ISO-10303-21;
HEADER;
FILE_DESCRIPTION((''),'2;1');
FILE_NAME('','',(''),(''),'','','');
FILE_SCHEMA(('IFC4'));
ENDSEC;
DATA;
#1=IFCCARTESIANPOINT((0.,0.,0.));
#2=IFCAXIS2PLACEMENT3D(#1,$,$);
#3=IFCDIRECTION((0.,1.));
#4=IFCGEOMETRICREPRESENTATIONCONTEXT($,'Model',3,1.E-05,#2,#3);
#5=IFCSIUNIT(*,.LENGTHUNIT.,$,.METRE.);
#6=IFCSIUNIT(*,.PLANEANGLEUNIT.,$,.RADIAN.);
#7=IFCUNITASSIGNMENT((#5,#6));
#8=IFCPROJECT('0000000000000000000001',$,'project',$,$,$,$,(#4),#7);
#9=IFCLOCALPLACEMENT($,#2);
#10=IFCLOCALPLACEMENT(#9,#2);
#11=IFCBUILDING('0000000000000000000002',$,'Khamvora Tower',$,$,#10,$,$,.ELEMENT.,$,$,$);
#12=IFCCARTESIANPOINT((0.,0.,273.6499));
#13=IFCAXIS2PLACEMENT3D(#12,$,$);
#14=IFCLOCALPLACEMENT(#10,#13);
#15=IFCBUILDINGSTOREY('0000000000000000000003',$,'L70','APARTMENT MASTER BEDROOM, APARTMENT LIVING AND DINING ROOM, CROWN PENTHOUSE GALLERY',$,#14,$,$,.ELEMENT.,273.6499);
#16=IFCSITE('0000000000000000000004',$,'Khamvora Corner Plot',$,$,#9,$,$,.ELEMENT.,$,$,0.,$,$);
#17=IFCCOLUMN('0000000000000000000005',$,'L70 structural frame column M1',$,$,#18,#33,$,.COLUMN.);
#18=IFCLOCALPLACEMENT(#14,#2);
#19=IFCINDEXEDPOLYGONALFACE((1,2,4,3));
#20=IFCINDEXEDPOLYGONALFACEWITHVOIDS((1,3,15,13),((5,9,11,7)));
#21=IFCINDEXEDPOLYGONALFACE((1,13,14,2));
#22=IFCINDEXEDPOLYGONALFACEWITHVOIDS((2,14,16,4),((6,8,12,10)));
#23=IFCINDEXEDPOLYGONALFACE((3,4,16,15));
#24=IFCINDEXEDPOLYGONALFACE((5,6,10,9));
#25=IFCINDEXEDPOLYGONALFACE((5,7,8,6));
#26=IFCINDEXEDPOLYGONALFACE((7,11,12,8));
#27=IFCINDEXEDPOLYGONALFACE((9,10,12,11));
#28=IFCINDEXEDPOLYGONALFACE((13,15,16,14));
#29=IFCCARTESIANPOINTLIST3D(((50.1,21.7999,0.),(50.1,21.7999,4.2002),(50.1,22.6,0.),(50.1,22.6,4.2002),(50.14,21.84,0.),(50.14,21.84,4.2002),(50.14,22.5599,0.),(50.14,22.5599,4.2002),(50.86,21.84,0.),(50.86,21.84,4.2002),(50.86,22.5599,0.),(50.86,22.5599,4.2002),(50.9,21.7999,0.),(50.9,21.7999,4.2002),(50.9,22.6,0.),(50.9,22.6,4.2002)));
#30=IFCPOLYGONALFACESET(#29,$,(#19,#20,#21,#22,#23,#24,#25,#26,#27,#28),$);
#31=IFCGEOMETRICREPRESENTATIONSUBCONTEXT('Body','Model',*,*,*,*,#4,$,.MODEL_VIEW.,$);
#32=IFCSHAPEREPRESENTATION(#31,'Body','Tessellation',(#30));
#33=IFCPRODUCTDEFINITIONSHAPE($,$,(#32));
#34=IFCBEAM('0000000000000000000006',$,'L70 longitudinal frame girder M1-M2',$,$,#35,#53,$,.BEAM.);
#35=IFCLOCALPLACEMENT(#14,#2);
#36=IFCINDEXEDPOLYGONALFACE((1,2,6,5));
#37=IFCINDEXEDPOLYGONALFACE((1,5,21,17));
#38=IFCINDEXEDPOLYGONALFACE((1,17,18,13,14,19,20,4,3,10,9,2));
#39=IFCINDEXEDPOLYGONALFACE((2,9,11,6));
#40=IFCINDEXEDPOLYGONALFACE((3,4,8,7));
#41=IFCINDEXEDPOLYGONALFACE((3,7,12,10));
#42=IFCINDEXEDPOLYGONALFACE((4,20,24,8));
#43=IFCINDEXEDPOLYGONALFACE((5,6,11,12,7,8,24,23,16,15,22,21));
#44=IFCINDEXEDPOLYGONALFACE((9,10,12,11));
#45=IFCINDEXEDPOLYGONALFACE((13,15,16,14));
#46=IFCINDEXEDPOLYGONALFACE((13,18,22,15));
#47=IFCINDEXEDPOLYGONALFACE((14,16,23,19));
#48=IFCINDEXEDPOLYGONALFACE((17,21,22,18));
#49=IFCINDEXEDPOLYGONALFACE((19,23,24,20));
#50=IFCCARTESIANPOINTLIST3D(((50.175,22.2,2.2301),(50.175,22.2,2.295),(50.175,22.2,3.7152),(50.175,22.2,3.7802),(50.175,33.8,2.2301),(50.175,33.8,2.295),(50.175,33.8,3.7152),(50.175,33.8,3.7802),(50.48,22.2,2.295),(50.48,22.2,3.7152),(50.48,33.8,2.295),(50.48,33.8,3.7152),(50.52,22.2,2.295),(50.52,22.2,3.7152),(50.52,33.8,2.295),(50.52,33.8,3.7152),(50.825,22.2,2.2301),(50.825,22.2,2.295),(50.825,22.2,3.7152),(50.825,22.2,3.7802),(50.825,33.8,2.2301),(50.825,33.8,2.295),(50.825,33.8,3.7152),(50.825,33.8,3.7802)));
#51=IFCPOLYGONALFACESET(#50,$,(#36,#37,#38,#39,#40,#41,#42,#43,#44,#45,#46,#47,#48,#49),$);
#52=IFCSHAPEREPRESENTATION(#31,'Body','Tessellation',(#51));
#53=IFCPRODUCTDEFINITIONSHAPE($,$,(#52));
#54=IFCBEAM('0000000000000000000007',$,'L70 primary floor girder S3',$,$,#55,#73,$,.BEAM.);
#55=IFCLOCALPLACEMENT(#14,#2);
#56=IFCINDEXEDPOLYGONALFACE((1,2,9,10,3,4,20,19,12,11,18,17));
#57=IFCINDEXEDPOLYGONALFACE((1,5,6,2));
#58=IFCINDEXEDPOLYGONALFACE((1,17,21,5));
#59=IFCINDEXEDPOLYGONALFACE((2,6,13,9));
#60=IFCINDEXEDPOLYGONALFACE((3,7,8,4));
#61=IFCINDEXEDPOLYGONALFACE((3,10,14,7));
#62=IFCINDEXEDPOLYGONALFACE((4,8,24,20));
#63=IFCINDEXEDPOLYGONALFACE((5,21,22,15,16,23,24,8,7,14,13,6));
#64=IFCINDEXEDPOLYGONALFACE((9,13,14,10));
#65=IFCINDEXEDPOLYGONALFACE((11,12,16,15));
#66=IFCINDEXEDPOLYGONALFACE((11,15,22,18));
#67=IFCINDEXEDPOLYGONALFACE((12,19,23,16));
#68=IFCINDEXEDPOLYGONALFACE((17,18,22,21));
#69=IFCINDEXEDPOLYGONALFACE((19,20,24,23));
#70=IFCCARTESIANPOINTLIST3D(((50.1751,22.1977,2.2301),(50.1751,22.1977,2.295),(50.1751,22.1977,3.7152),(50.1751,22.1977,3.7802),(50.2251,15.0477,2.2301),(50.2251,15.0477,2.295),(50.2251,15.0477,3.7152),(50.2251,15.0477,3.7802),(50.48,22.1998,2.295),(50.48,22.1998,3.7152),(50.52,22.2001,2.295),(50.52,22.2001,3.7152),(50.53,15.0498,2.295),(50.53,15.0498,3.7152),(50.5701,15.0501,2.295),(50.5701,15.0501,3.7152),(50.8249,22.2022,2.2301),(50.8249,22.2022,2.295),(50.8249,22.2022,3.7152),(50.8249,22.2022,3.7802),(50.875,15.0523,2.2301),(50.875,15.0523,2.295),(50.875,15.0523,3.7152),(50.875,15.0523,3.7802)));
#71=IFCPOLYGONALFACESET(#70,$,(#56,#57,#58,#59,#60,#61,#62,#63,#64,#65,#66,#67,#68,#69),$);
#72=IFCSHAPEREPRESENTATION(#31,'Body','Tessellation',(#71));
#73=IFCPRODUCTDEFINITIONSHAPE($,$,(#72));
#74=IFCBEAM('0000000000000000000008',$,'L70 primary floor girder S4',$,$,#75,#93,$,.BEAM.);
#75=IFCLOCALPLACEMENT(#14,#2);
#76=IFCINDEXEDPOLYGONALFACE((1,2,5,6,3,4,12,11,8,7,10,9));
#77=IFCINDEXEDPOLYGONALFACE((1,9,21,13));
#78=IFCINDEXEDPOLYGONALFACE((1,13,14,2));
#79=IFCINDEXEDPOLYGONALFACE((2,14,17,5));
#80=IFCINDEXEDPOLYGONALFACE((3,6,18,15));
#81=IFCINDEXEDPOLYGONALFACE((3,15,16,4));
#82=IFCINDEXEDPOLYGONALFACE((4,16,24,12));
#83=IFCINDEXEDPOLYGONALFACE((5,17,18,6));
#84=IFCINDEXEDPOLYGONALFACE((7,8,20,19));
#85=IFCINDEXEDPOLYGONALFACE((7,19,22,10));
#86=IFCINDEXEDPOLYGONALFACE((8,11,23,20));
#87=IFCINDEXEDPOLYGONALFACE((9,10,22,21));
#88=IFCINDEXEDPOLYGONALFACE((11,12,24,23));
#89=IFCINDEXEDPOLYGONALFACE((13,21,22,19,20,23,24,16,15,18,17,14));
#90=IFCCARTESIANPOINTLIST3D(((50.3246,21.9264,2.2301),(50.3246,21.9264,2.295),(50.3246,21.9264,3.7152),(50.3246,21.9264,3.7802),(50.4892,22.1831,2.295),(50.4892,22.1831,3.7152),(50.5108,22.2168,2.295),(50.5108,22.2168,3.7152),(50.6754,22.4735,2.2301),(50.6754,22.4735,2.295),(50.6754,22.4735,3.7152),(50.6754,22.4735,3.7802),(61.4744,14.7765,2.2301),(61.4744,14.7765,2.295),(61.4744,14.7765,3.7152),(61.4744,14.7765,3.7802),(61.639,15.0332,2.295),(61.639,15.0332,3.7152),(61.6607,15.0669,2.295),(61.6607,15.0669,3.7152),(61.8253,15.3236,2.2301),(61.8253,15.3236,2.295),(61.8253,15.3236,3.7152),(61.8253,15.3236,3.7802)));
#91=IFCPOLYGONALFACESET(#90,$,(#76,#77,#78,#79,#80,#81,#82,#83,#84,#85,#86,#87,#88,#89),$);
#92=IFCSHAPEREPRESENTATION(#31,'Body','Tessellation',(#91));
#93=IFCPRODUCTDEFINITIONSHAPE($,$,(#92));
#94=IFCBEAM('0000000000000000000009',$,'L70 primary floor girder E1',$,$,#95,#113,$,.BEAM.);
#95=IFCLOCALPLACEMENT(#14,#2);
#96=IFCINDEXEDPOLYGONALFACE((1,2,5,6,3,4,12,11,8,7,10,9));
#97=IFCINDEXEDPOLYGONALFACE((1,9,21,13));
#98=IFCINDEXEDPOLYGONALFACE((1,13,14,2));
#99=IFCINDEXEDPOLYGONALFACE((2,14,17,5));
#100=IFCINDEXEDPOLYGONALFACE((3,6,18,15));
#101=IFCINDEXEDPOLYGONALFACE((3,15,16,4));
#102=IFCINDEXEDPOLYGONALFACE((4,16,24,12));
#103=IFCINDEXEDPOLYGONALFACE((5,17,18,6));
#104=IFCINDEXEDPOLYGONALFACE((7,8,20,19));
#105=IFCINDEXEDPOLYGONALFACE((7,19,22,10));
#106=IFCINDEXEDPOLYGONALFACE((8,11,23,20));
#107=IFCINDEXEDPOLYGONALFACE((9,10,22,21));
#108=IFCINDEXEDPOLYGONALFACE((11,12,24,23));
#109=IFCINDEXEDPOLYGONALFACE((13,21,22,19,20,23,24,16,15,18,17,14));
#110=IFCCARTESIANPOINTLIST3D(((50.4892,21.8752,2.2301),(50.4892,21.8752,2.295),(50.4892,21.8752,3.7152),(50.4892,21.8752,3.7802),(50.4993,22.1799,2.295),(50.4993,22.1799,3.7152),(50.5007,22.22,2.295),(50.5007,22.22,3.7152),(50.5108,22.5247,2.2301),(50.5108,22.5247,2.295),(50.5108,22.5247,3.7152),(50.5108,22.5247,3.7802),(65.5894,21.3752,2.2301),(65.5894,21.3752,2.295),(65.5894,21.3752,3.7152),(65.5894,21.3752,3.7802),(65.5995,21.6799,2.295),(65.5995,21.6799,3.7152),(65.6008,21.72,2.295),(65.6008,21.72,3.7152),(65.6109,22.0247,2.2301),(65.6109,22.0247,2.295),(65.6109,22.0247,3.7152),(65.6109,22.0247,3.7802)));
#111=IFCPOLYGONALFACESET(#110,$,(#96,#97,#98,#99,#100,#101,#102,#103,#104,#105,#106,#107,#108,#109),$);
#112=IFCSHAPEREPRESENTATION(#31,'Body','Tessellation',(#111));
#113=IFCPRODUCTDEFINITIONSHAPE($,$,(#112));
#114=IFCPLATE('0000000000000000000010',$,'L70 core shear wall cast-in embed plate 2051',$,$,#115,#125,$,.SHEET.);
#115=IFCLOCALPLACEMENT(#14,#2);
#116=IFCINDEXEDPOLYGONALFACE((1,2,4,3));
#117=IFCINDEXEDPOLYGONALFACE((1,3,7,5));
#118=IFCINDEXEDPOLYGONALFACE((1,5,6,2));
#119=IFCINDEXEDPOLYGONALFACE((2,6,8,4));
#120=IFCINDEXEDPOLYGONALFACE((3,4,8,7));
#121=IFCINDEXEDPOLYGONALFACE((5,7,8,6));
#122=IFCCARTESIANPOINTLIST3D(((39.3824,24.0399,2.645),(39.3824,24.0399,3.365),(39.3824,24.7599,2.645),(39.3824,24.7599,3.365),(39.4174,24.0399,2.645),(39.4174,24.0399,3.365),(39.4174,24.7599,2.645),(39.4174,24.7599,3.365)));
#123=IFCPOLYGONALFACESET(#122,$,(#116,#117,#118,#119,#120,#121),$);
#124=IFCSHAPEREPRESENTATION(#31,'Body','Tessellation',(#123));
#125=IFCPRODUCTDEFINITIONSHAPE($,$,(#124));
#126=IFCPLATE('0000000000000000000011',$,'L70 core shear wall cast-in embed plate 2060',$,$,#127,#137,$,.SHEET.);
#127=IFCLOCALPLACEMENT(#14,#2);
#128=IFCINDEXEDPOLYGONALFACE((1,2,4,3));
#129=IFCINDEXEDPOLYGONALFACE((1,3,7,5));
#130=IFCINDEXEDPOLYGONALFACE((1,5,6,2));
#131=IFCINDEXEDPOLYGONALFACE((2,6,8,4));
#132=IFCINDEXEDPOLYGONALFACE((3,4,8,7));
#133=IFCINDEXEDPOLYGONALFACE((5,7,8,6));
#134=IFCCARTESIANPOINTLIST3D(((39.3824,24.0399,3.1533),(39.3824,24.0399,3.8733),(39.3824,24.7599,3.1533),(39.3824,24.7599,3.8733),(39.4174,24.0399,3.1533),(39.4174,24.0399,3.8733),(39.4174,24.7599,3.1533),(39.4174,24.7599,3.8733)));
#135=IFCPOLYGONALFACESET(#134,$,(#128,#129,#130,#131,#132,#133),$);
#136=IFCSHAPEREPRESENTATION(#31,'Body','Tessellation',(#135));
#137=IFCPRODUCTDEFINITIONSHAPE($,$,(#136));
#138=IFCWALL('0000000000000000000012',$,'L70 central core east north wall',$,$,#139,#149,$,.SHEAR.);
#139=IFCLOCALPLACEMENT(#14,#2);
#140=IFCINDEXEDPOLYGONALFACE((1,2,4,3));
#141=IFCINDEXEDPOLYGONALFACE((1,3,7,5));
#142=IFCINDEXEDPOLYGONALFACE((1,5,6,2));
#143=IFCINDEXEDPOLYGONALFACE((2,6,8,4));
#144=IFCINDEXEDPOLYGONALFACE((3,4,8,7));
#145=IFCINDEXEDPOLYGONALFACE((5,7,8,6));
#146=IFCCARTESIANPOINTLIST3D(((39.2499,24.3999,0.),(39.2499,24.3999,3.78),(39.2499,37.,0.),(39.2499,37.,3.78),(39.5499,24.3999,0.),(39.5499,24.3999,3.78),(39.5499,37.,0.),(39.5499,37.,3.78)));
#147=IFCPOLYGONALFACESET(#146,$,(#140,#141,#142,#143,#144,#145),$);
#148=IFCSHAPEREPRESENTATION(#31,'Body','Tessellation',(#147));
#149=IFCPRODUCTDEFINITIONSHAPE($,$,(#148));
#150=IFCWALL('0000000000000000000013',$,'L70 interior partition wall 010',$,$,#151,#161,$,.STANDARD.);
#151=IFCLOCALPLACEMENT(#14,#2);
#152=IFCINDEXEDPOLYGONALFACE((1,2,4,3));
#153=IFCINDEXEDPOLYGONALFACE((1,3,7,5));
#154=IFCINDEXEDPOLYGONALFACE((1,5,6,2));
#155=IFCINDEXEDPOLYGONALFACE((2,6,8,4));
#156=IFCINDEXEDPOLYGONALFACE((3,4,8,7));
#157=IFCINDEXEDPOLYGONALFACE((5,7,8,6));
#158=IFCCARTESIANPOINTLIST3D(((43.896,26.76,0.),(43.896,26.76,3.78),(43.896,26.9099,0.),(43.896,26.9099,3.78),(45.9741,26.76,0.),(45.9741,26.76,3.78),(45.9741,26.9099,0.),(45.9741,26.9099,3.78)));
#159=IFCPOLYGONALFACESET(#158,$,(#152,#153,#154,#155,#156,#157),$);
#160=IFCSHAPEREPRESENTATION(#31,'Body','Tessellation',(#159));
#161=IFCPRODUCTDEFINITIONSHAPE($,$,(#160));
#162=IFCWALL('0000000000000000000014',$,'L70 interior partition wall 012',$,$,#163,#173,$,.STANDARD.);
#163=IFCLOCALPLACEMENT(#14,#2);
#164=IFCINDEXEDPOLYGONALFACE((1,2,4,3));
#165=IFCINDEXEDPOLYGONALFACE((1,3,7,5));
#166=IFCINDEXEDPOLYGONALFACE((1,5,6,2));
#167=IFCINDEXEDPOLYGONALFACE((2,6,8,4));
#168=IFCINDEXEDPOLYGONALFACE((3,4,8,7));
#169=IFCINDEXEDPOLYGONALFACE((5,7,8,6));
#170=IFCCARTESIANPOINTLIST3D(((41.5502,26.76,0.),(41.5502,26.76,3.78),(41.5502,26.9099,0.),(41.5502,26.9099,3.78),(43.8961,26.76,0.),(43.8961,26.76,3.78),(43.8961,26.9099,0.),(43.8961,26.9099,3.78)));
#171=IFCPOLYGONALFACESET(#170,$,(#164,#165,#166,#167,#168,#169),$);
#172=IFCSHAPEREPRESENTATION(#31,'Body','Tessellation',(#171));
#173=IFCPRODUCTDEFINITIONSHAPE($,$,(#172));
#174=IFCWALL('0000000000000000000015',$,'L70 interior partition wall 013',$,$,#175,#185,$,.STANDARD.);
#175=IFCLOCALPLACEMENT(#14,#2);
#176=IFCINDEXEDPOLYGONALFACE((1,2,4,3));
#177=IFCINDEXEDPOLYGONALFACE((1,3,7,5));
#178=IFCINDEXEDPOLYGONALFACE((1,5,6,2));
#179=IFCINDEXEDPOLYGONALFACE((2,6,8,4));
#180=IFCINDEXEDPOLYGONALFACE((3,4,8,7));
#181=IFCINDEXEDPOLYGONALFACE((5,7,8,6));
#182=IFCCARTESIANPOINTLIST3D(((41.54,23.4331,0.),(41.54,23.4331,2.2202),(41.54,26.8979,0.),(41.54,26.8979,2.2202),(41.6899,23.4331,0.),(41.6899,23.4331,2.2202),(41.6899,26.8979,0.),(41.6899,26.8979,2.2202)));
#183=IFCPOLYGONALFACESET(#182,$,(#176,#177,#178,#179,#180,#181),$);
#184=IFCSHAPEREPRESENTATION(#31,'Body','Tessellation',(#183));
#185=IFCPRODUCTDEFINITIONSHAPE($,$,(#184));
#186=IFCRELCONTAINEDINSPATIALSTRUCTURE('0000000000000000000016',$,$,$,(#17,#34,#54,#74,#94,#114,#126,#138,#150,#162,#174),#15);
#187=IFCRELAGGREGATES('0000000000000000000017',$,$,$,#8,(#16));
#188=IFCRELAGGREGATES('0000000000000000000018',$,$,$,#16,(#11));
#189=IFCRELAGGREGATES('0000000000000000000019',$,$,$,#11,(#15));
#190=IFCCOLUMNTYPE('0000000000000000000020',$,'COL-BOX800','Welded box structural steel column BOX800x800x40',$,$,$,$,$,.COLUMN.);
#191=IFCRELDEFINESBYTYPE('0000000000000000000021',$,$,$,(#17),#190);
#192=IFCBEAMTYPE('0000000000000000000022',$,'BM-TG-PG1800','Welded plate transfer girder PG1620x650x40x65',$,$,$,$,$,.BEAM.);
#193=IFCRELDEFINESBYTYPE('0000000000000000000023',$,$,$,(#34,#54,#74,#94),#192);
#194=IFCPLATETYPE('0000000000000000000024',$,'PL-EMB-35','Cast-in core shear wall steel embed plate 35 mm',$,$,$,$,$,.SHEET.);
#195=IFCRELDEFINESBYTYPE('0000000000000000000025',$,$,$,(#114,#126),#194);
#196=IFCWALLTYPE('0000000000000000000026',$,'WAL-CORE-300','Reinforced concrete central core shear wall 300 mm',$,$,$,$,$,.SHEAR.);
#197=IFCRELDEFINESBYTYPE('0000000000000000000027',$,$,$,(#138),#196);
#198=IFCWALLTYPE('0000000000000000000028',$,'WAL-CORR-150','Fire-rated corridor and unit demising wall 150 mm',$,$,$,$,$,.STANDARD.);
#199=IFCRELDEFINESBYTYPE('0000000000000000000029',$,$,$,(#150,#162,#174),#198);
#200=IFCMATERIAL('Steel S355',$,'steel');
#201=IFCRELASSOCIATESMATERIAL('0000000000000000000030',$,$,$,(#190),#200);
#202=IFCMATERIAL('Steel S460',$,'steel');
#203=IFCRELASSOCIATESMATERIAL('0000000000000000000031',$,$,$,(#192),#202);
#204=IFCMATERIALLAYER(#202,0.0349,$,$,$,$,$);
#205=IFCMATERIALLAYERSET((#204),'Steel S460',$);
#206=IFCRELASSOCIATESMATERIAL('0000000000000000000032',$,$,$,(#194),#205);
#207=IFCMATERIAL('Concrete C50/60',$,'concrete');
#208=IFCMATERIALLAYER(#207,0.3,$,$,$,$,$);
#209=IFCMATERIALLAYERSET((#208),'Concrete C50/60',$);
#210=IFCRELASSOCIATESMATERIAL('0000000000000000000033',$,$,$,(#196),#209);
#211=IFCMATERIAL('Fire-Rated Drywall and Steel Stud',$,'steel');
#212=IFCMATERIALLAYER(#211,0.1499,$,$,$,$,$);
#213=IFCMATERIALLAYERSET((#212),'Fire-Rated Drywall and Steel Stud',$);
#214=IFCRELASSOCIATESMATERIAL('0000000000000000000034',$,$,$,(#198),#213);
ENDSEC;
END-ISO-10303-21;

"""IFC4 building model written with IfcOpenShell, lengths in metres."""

from ifc_helpers import new_model, si_unit, direction, frame, frame_2d, origin, origin_2d, place, context, subcontext, project, spatial, rectangle, hollow_rectangle, i_section, extrude, material, layer, layer_set, material_profile, profile_set, type_object, element, save


model = new_model("IFC4")

# Units and contexts
model_context = context("Model", 3, precision=1e-05, world=origin(), true_north=direction((0.0, 1.0)))
body_context = subcontext(model_context, "Body", "Model", "MODEL_VIEW")
ifc_project = project(units=[si_unit("LENGTHUNIT", "METRE"), si_unit("PLANEANGLEUNIT", "RADIAN")], contexts=[model_context])

# Site, building, storey
site_placement = place(None, origin())
site = spatial("IfcSite", under=ifc_project, at=site_placement, Name="Khamvora Corner Plot", CompositionType="ELEMENT", RefElevation=0.0)
building_placement = place(site_placement, origin())
building = spatial("IfcBuilding", under=site, at=building_placement, Name="Khamvora Tower", CompositionType="ELEMENT")
storey_placement = place(building_placement, frame((0.0, 0.0, 273.6499)))
storey = spatial("IfcBuildingStorey", under=building, at=storey_placement, Name="L70", Description="APARTMENT MASTER BEDROOM, APARTMENT LIVING AND DINING ROOM, CROWN PENTHOUSE GALLERY", CompositionType="ELEMENT", Elevation=273.6499)

# Column
ifc_material_1 = material(Name="Steel S355", Category="steel")
ifc_material_profile_1 = material_profile(ifc_material_1, hollow_rectangle(XDim=0.8, YDim=0.8, WallThickness=0.04, at=origin_2d()), Name="BOX800x800x40")
ifc_profile_set_1 = profile_set([ifc_material_profile_1], Name="Steel S355")
column_type = type_object("IfcColumnType", Name="COL-BOX800", Description="Welded box structural steel column BOX800x800x40", PredefinedType="COLUMN", material=ifc_profile_set_1)
column_placement = place(storey_placement, frame((50.5, 22.2, 0.0), z_axis=(0.0, 0.0, 1.0), x_axis=(1.0, 0.0, 0.0)))
element("IfcColumn", 1, at=column_placement, inside=storey, type_object=column_type, Name="L70 structural frame column M1", PredefinedType="COLUMN", context=body_context, shape_type="SweptSolid", body=[
    extrude(hollow_rectangle(XDim=0.8, YDim=0.8, WallThickness=0.04, at=origin_2d()), origin(), (0.0, 0.0, 1.0), 4.2002),
])

# Beams
ifc_material_2 = material(Name="Steel S460", Category="steel")
ifc_material_profile_2 = material_profile(ifc_material_2, i_section(OverallWidth=0.6499, OverallDepth=1.55, WebThickness=0.04, FlangeThickness=0.0649, at=origin_2d()), Name="PG1550x650x40x65")
ifc_profile_set_2 = profile_set([ifc_material_profile_2], Name="Steel S460")
beam_type = type_object("IfcBeamType", Name="BM-TG-PG1800", Description="Welded plate transfer girder PG1620x650x40x65", PredefinedType="BEAM", material=ifc_profile_set_2)
beam_1_placement = place(storey_placement, frame((50.5, 22.2, 3.0051), z_axis=(0.0, 1.0, 0.0), x_axis=(-1.0, 0.0, 0.0)))
element("IfcBeam", 2, at=beam_1_placement, inside=storey, type_object=beam_type, Name="L70 longitudinal frame girder M1-M2", PredefinedType="BEAM", context=body_context, shape_type="SweptSolid", body=[
    extrude(i_section(OverallWidth=0.6499, OverallDepth=1.55, WebThickness=0.04, FlangeThickness=0.0649, at=origin_2d()), origin(), (0.0, 0.0, 1.0), 11.6001),
])
beam_2_placement = place(storey_placement, frame((50.5, 22.2, 3.0051), z_axis=(0.007, -0.999976, 0.0), x_axis=(0.999976, 0.007, 0.0)))
element("IfcBeam", 3, at=beam_2_placement, inside=storey, type_object=beam_type, Name="L70 primary floor girder S3", PredefinedType="BEAM", context=body_context, shape_type="SweptSolid", body=[
    extrude(i_section(OverallWidth=0.6499, OverallDepth=1.55, WebThickness=0.04, FlangeThickness=0.0649, at=origin_2d()), origin(), (0.0, 0.0, 1.0), 7.1501),
])
beam_3_placement = place(storey_placement, frame((50.5, 22.2, 3.0051), z_axis=(0.841792, -0.539801, 0.0), x_axis=(0.539801, 0.841792, 0.0)))
element("IfcBeam", 4, at=beam_3_placement, inside=storey, type_object=beam_type, Name="L70 primary floor girder S4", PredefinedType="BEAM", context=body_context, shape_type="SweptSolid", body=[
    extrude(i_section(OverallWidth=0.6499, OverallDepth=1.55, WebThickness=0.04, FlangeThickness=0.0649, at=origin_2d()), origin(), (0.0, 0.0, 1.0), 13.2454),
])
beam_4_placement = place(storey_placement, frame((50.5, 22.2, 3.0051), z_axis=(0.999452, -0.033094, 0.0), x_axis=(0.033094, 0.999452, 0.0)))
element("IfcBeam", 5, at=beam_4_placement, inside=storey, type_object=beam_type, Name="L70 primary floor girder E1", PredefinedType="BEAM", context=body_context, shape_type="SweptSolid", body=[
    extrude(i_section(OverallWidth=0.6499, OverallDepth=1.55, WebThickness=0.04, FlangeThickness=0.0649, at=origin_2d()), origin(), (0.0, 0.0, 1.0), 15.1084),
])

# Plates
ifc_layer_1 = layer(ifc_material_2, 0.0349)
ifc_layer_set_1 = layer_set([ifc_layer_1], Name="Steel S460")
plate_type = type_object("IfcPlateType", Name="PL-EMB-35", Description="Cast-in core shear wall steel embed plate 35 mm", PredefinedType="SHEET", material=ifc_layer_set_1)
for number, where, z_axis, x_axis, name in (
    (6, (39.3999, 24.3999, 2.645), (0.0, 0.0, 1.0), (1.0, 0.0, 0.0), "L70 core shear wall cast-in embed plate 2051"),
    (7, (39.3999, 24.3999, 3.1533), (0.0, 0.0, 1.0), (1.0, 0.0, 0.0), "L70 core shear wall cast-in embed plate 2060"),
):
    element("IfcPlate", number, at=place(storey_placement, frame(where, z_axis=z_axis, x_axis=x_axis)), inside=storey, type_object=plate_type, Name=name, PredefinedType="SHEET", context=body_context, shape_type="SweptSolid", body=[
        extrude(rectangle(XDim=0.0349, YDim=0.72, at=origin_2d()), origin(), (0.0, 0.0, 1.0), 0.72),
    ])

# Walls
ifc_material_3 = material(Name="Concrete C50/60", Category="concrete")
ifc_layer_2 = layer(ifc_material_3, 0.3)
ifc_layer_set_2 = layer_set([ifc_layer_2], Name="Concrete C50/60")
wall_type_1 = type_object("IfcWallType", Name="WAL-CORE-300", Description="Reinforced concrete central core shear wall 300 mm", PredefinedType="SHEAR", material=ifc_layer_set_2)
wall_1_placement = place(storey_placement, frame((39.3999, 24.3999, 0.0), z_axis=(0.0, 0.0, 1.0), x_axis=(0.0, 1.0, 0.0)))
element("IfcWall", 8, at=wall_1_placement, inside=storey, type_object=wall_type_1, Name="L70 central core east north wall", PredefinedType="SHEAR", context=body_context, shape_type="SweptSolid", body=[
    extrude(rectangle(XDim=12.6001, YDim=0.3, at=frame_2d((6.3, 0.0))), origin(), (0.0, 0.0, 1.0), 3.78),
])
ifc_material_4 = material(Name="Fire-Rated Drywall and Steel Stud", Category="steel")
ifc_layer_3 = layer(ifc_material_4, 0.1499)
ifc_layer_set_3 = layer_set([ifc_layer_3], Name="Fire-Rated Drywall and Steel Stud")
wall_type_2 = type_object("IfcWallType", Name="WAL-CORR-150", Description="Fire-rated corridor and unit demising wall 150 mm", PredefinedType="STANDARD", material=ifc_layer_set_3)
wall_2_placement = place(storey_placement, frame((45.9741, 26.835, 0.0), z_axis=(0.0, 0.0, 1.0), x_axis=(-1.0, 0.0, 0.0)))
element("IfcWall", 9, at=wall_2_placement, inside=storey, type_object=wall_type_2, Name="L70 interior partition wall 010", PredefinedType="STANDARD", context=body_context, shape_type="SweptSolid", body=[
    extrude(rectangle(XDim=2.0781, YDim=0.1499, at=frame_2d((1.0391, 0.0))), origin(), (0.0, 0.0, 1.0), 3.78),
])

# Walls
wall_3_placement = place(storey_placement, frame((43.896, 26.835, 0.0), z_axis=(0.0, 0.0, 1.0), x_axis=(-1.0, 0.0, 0.0)))
element("IfcWall", 10, at=wall_3_placement, inside=storey, type_object=wall_type_2, Name="L70 interior partition wall 012", PredefinedType="STANDARD", context=body_context, shape_type="SweptSolid", body=[
    extrude(rectangle(XDim=2.3459, YDim=0.1499, at=frame_2d((1.1729, 0.0))), origin(), (0.0, 0.0, 1.0), 3.78),
])
wall_4_placement = place(storey_placement, frame((41.615, 26.8979, 0.0), z_axis=(0.0, 0.0, 1.0), x_axis=(0.0, -1.0, 0.0)))
element("IfcWall", 11, at=wall_4_placement, inside=storey, type_object=wall_type_2, Name="L70 interior partition wall 013", PredefinedType="STANDARD", context=body_context, shape_type="SweptSolid", body=[
    extrude(rectangle(XDim=3.4648, YDim=0.1499, at=frame_2d((1.7324, 0.0))), origin(), (0.0, 0.0, 1.0), 2.2202),
])

save(model, "model.ifc")
